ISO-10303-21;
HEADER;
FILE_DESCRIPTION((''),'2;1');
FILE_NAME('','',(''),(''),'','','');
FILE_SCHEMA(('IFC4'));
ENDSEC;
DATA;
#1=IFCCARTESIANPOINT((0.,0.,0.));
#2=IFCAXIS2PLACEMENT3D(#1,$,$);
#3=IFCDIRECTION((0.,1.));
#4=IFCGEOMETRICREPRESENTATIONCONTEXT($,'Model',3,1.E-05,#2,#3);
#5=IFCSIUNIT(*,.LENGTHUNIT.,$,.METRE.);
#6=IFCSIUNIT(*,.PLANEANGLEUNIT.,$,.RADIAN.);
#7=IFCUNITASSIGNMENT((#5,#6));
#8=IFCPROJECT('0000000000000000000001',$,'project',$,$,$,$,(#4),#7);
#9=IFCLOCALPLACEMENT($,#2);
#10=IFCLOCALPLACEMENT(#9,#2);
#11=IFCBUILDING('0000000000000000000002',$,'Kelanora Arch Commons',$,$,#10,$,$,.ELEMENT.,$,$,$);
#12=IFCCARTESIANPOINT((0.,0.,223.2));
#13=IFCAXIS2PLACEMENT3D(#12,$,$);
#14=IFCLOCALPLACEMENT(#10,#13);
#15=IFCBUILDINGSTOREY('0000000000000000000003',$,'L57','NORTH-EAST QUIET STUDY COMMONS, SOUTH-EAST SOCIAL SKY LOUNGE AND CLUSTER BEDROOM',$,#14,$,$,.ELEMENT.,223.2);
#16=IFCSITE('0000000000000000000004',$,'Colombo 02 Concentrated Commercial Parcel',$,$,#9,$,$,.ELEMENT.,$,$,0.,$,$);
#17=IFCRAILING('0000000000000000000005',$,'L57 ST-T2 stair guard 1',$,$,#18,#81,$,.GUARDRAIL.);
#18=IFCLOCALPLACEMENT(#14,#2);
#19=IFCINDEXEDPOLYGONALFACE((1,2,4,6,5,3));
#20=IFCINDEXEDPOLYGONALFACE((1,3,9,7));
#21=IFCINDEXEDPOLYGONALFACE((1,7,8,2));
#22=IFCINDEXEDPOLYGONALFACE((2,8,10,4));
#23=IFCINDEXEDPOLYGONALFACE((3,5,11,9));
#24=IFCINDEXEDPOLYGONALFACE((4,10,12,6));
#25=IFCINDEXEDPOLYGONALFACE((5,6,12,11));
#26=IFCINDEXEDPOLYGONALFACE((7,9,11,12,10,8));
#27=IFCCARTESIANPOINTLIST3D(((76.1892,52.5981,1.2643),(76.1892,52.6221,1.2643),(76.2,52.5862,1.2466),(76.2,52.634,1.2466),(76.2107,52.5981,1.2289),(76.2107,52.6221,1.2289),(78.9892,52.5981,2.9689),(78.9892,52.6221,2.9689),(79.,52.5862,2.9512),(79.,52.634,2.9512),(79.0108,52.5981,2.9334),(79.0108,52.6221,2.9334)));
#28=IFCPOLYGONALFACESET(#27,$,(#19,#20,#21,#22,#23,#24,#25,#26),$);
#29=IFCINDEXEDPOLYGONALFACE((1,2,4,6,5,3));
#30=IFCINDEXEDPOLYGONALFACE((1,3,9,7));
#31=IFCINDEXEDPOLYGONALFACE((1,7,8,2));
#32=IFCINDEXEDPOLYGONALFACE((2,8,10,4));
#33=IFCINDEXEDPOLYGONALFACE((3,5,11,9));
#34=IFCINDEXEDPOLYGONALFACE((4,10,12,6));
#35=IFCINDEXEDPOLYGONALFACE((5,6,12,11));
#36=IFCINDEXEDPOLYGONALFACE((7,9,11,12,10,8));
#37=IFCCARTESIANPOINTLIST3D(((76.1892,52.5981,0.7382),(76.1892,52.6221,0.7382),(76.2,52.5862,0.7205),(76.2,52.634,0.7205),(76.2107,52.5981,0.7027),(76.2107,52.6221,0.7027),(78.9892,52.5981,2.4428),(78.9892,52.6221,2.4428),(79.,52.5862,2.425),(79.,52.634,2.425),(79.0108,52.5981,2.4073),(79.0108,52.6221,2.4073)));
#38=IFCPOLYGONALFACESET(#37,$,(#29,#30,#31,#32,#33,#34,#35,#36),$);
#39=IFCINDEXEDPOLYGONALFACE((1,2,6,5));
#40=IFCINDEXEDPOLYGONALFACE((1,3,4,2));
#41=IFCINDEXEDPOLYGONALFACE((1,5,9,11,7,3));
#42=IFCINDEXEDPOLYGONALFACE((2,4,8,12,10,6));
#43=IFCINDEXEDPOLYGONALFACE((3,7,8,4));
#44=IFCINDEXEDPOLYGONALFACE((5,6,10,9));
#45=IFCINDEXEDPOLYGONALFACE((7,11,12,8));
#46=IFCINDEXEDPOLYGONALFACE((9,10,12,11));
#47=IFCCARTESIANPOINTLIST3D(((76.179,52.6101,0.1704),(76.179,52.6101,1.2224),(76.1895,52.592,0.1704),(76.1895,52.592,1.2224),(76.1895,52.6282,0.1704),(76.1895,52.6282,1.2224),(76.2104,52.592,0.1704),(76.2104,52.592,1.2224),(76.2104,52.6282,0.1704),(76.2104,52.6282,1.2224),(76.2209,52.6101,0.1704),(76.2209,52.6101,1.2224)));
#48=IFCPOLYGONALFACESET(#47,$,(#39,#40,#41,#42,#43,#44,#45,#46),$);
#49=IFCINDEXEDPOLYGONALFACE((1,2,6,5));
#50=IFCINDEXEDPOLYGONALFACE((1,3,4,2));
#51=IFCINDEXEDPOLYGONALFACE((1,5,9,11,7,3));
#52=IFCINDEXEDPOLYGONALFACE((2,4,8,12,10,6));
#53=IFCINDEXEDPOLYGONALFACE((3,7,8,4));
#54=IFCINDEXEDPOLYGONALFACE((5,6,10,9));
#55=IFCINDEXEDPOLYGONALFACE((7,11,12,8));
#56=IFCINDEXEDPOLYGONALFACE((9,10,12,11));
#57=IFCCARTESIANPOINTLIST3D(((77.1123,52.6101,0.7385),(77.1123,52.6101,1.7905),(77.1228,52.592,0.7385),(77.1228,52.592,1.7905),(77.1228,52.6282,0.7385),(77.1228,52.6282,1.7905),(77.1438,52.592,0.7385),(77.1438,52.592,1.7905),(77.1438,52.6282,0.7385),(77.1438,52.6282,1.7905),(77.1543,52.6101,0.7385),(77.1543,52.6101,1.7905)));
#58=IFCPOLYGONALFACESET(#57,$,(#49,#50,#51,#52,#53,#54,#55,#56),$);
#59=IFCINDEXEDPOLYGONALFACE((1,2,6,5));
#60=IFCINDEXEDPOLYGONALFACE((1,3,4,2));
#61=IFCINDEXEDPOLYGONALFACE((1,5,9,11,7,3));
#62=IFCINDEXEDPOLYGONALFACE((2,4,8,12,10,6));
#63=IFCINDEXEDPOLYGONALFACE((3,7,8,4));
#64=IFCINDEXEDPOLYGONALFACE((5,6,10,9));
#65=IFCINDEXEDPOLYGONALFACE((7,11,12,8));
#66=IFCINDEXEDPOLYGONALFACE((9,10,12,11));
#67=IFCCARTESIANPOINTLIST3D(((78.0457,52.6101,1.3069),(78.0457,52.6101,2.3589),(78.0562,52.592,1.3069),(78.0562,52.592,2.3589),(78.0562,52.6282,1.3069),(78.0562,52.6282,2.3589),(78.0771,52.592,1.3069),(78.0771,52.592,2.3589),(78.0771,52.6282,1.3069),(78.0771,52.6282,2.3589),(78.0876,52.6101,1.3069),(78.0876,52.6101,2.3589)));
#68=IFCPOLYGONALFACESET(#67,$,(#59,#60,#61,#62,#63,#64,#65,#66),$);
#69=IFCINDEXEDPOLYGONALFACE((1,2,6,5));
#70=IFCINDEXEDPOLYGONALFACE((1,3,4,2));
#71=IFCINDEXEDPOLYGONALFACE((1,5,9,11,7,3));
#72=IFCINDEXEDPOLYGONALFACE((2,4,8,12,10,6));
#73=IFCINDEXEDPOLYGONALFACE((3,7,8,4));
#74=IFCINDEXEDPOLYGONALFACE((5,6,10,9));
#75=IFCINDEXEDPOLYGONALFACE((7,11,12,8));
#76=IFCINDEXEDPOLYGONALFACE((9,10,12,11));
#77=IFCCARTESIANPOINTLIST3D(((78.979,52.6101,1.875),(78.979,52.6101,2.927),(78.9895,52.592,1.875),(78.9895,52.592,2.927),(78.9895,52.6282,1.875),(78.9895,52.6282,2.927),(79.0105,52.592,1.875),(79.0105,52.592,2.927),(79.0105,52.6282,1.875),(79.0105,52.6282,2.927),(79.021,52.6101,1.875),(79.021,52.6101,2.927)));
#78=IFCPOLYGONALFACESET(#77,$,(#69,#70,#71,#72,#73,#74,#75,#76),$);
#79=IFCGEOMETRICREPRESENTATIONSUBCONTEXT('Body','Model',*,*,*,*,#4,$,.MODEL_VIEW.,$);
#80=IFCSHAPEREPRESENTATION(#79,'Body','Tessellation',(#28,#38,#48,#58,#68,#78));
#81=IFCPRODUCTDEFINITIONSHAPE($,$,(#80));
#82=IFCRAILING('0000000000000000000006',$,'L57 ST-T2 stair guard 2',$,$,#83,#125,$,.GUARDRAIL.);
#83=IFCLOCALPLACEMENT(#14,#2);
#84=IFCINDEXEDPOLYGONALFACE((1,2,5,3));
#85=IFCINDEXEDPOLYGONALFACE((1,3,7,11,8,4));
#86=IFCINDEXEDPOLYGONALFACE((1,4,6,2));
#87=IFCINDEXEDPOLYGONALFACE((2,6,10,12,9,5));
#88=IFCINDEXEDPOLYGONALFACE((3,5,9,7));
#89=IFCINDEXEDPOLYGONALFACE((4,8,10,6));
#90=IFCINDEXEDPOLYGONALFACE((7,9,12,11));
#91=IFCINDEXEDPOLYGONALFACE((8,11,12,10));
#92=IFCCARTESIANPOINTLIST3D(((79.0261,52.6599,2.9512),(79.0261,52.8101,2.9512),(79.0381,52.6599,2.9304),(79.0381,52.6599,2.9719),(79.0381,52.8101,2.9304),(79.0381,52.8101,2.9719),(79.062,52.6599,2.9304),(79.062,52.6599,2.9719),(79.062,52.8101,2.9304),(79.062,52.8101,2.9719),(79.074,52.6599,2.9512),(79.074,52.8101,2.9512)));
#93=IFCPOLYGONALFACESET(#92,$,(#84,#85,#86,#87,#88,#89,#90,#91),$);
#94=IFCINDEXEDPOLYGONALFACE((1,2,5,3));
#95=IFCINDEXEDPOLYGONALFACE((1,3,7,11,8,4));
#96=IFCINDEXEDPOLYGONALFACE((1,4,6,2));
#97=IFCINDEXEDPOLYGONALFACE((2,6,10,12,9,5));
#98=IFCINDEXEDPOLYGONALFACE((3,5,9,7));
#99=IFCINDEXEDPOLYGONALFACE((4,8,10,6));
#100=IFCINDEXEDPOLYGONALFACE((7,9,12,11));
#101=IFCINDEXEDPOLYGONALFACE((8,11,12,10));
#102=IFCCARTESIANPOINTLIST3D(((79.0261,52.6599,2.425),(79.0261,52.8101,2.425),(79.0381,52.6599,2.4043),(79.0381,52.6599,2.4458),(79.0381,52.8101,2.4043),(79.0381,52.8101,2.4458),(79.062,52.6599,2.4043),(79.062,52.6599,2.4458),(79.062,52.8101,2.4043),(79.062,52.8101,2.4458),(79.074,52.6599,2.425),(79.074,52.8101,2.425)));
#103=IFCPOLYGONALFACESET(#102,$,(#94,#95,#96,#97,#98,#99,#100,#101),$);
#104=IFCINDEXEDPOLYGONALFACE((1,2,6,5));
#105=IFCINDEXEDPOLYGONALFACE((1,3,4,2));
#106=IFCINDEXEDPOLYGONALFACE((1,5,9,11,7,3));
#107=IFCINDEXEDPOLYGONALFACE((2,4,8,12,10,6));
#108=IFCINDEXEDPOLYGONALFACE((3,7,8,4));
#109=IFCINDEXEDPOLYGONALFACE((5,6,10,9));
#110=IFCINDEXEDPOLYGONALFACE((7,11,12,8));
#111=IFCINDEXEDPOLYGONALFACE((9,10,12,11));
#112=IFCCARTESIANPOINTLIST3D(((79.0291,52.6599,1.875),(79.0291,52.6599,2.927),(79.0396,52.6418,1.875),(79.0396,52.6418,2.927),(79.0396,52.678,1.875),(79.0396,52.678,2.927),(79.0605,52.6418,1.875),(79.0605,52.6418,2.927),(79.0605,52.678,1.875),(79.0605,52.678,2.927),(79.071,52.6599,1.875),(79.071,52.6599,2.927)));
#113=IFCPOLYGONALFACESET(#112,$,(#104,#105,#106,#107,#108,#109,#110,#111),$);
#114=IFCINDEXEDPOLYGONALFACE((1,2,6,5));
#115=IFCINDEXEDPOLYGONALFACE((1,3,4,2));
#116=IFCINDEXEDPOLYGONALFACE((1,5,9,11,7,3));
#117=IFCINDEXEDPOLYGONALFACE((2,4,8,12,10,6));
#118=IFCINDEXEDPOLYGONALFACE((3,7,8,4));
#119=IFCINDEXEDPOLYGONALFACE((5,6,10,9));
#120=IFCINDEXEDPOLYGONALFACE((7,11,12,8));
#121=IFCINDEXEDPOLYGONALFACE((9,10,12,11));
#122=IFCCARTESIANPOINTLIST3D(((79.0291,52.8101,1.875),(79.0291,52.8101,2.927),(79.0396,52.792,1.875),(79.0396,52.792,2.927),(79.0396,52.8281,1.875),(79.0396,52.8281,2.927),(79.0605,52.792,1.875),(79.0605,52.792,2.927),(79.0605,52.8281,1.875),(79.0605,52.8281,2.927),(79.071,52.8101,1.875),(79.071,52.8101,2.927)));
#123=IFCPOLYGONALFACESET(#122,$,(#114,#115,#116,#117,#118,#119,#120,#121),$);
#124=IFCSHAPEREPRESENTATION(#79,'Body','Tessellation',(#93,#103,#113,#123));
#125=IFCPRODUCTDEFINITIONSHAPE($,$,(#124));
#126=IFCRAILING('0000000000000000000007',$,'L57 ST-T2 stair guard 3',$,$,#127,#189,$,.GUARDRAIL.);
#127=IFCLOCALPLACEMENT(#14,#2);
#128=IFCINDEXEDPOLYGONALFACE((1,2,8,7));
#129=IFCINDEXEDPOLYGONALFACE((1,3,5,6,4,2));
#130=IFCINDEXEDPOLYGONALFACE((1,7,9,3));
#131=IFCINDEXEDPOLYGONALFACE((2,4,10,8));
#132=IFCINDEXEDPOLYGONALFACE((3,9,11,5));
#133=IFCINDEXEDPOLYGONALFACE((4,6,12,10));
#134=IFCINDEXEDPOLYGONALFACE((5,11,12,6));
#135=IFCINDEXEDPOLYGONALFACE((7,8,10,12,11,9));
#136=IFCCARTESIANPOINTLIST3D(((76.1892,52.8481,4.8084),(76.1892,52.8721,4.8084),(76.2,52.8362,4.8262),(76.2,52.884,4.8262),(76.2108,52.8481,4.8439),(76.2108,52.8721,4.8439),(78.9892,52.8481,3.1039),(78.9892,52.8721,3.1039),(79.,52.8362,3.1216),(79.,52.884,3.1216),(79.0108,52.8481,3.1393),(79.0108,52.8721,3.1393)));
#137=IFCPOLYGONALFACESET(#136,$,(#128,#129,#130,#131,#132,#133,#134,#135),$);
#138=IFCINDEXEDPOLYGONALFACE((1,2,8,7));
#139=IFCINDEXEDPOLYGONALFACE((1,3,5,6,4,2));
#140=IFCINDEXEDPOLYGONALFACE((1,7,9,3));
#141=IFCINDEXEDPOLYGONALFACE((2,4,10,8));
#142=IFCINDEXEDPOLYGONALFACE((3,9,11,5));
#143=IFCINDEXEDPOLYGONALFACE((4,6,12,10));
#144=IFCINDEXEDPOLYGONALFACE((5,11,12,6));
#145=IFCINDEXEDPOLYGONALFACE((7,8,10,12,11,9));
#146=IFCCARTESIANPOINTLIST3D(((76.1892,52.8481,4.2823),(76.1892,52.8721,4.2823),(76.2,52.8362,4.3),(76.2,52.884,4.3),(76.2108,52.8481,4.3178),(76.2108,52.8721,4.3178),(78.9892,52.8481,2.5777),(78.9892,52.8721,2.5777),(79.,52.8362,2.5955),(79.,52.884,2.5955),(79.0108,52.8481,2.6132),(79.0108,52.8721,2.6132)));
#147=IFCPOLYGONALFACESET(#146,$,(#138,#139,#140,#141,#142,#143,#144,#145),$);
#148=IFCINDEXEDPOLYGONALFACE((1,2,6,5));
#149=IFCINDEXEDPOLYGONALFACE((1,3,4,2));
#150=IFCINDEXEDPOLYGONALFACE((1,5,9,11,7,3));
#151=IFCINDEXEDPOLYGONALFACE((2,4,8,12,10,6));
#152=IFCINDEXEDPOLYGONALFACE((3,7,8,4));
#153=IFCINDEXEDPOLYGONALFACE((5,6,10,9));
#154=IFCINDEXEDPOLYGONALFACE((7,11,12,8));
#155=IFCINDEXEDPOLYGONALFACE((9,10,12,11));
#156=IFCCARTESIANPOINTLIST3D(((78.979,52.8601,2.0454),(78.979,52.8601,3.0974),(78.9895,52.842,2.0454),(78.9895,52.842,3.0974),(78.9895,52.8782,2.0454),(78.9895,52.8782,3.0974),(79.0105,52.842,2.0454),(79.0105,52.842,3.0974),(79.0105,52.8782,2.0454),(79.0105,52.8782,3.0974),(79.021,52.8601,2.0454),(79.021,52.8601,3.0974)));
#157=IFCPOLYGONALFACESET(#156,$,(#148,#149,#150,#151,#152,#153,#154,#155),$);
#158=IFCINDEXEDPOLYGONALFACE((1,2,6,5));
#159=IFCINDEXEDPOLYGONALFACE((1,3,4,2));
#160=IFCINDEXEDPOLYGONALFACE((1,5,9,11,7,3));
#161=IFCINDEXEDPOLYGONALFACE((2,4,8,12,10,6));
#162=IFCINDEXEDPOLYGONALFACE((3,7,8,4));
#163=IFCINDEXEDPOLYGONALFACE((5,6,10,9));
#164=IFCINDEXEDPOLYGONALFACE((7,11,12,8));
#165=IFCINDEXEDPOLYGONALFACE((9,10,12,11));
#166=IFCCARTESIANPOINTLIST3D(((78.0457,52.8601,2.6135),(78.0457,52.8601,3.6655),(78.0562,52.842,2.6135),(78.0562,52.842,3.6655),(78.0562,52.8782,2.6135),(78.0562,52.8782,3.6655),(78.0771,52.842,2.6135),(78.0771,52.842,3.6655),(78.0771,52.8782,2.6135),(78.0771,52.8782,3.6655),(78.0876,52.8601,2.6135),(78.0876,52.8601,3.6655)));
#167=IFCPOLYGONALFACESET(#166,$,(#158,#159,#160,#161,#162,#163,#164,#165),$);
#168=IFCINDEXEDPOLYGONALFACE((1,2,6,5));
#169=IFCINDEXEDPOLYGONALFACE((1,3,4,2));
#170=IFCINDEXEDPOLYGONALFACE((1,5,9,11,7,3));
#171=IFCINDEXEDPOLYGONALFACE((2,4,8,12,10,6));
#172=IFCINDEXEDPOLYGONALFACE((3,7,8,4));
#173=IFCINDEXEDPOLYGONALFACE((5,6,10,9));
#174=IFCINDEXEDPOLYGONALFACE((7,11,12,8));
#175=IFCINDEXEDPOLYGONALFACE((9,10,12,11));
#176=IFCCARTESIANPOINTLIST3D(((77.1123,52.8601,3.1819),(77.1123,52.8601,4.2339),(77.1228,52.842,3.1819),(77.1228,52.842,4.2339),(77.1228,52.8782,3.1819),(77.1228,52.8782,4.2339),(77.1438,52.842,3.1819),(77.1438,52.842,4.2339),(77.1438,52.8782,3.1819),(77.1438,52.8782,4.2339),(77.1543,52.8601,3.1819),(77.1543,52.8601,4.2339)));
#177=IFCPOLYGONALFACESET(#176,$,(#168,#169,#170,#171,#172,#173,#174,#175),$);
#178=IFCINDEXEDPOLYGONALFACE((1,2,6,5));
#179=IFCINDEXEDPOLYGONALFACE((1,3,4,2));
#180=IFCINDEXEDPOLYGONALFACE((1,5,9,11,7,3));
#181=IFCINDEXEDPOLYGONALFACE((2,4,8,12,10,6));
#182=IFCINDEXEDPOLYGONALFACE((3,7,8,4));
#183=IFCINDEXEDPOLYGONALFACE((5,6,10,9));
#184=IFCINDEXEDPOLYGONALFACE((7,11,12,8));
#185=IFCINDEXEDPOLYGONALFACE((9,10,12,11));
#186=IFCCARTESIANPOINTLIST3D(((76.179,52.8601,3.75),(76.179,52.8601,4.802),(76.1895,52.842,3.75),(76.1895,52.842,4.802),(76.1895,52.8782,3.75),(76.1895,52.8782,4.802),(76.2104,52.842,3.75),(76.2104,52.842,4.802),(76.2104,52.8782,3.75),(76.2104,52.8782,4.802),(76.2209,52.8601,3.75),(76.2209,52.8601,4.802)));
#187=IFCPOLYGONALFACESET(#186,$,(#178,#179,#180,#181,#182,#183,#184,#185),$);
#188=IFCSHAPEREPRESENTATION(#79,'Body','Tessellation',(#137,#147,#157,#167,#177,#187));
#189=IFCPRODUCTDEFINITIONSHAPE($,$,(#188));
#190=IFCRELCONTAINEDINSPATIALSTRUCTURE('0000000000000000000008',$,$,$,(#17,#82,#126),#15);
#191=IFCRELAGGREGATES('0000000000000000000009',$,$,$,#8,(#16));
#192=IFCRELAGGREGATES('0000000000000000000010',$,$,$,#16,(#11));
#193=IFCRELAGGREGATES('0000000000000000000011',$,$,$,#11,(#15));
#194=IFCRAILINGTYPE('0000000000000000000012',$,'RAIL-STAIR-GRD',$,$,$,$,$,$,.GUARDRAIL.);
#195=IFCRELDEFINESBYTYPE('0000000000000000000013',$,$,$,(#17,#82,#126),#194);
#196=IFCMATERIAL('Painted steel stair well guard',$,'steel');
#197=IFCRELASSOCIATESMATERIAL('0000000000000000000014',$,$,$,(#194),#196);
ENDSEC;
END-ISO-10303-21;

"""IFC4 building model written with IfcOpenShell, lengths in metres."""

from ifc_helpers import new_model, si_unit, direction, frame, origin, place, context, subcontext, project, spatial, polyline, outline, extrude, material, type_object, element, save


model = new_model("IFC4")

# Units and contexts
model_context = context("Model", 3, precision=1e-05, world=origin(), true_north=direction((0.0, 1.0)))
body_context = subcontext(model_context, "Body", "Model", "MODEL_VIEW")
ifc_project = project(units=[si_unit("LENGTHUNIT", "METRE"), si_unit("PLANEANGLEUNIT", "RADIAN")], contexts=[model_context])

# Site, building, storey
site_placement = place(None, origin())
site = spatial("IfcSite", under=ifc_project, at=site_placement, Name="Colombo 02 Concentrated Commercial Parcel", CompositionType="ELEMENT", RefElevation=0.0)
building_placement = place(site_placement, origin())
building = spatial("IfcBuilding", under=site, at=building_placement, Name="Kelanora Arch Commons", CompositionType="ELEMENT")
storey_placement = place(building_placement, frame((0.0, 0.0, 223.2)))
storey = spatial("IfcBuildingStorey", under=building, at=storey_placement, Name="L57", Description="NORTH-EAST QUIET STUDY COMMONS, SOUTH-EAST SOCIAL SKY LOUNGE AND CLUSTER BEDROOM", CompositionType="ELEMENT", Elevation=223.2)

# Railings
ifc_material_1 = material(Name="Painted steel stair well guard", Category="steel")
railing_type_1 = type_object("IfcRailingType", Name="RAIL-STAIR-GRD", PredefinedType="GUARDRAIL", material=ifc_material_1)
railing_1_placement = place(storey_placement, frame((76.2, 52.6101, 0.1704)))
element("IfcRailing", 1, at=railing_1_placement, inside=storey, type_object=railing_type_1, Name="L57 ST-T2 stair guard 1", PredefinedType="GUARDRAIL", context=body_context, shape_type="SweptSolid", body=[
    extrude(outline(polyline([(0.0239, 0.0), (0.012, 0.0208), (-0.012, 0.0208), (-0.0239, 0.0), (-0.012, -0.0208), (0.012, -0.0208), (0.0239, 0.0)])), frame((0.0, 0.0, 1.0762), z_axis=(0.85417, 0.0, 0.519994), x_axis=(0.0, 1.0, 0.0)), (0.0, 0.0, 1.0), 3.2781),
    extrude(outline(polyline([(0.0239, 0.0), (0.012, 0.0208), (-0.012, 0.0208), (-0.0239, 0.0), (-0.012, -0.0208), (0.012, -0.0208), (0.0239, 0.0)])), frame((0.0, 0.0, 0.55), z_axis=(0.85417, 0.0, 0.519994), x_axis=(0.0, 1.0, 0.0)), (0.0, 0.0, 1.0), 3.2781),
    extrude(outline(polyline([(0.021, 0.0), (0.0105, 0.0181), (-0.0105, 0.0181), (-0.021, 0.0), (-0.0105, -0.0181), (0.0105, -0.0181), (0.021, 0.0)])), origin(), (0.0, 0.0, 1.0), 1.052),
    extrude(outline(polyline([(0.021, 0.0), (0.0105, 0.0181), (-0.0105, 0.0181), (-0.021, 0.0), (-0.0105, -0.0181), (0.0105, -0.0181), (0.021, 0.0)])), frame((0.9333, 0.0, 0.5681)), (0.0, 0.0, 1.0), 1.052),
    extrude(outline(polyline([(0.021, 0.0), (0.0105, 0.0181), (-0.0105, 0.0181), (-0.021, 0.0), (-0.0105, -0.0181), (0.0105, -0.0181), (0.021, 0.0)])), frame((1.8667, 0.0, 1.1365)), (0.0, 0.0, 1.0), 1.052),
    extrude(outline(polyline([(0.021, 0.0), (0.0105, 0.0181), (-0.0105, 0.0181), (-0.021, 0.0), (-0.0105, -0.0181), (0.0105, -0.0181), (0.021, 0.0)])), frame((2.8, 0.0, 1.7046)), (0.0, 0.0, 1.0), 1.052),
])
railing_2_placement = place(storey_placement, frame((79.05, 52.6599, 1.875)))
element("IfcRailing", 2, at=railing_2_placement, inside=storey, type_object=railing_type_1, Name="L57 ST-T2 stair guard 2", PredefinedType="GUARDRAIL", context=body_context, shape_type="SweptSolid", body=[
    extrude(outline(polyline([(0.0239, 0.0), (0.012, 0.0208), (-0.012, 0.0208), (-0.0239, 0.0), (-0.012, -0.0208), (0.012, -0.0208), (0.0239, 0.0)])), frame((0.0, 0.0, 1.0762), z_axis=(0.0, 1.0, 0.0), x_axis=(-1.0, 0.0, 0.0)), (0.0, 0.0, 1.0), 0.1501),
    extrude(outline(polyline([(0.0239, 0.0), (0.012, 0.0208), (-0.012, 0.0208), (-0.0239, 0.0), (-0.012, -0.0208), (0.012, -0.0208), (0.0239, 0.0)])), frame((0.0, 0.0, 0.55), z_axis=(0.0, 1.0, 0.0), x_axis=(-1.0, 0.0, 0.0)), (0.0, 0.0, 1.0), 0.1501),
    extrude(outline(polyline([(0.021, 0.0), (0.0105, 0.0181), (-0.0105, 0.0181), (-0.021, 0.0), (-0.0105, -0.0181), (0.0105, -0.0181), (0.021, 0.0)])), origin(), (0.0, 0.0, 1.0), 1.052),
    extrude(outline(polyline([(0.021, 0.0), (0.0105, 0.0181), (-0.0105, 0.0181), (-0.021, 0.0), (-0.0105, -0.0181), (0.0105, -0.0181), (0.021, 0.0)])), frame((0.0, 0.1501, 0.0)), (0.0, 0.0, 1.0), 1.052),
])
railing_3_placement = place(storey_placement, frame((79.0, 52.8601, 2.0454)))
element("IfcRailing", 3, at=railing_3_placement, inside=storey, type_object=railing_type_1, Name="L57 ST-T2 stair guard 3", PredefinedType="GUARDRAIL", context=body_context, shape_type="SweptSolid", body=[
    extrude(outline(polyline([(0.0239, 0.0), (0.012, 0.0208), (-0.012, 0.0208), (-0.0239, 0.0), (-0.012, -0.0208), (0.012, -0.0208), (0.0239, 0.0)])), frame((0.0, 0.0, 1.0762), z_axis=(-0.85417, 0.0, 0.519994), x_axis=(0.0, -1.0, 0.0)), (0.0, 0.0, 1.0), 3.2781),
    extrude(outline(polyline([(0.0239, 0.0), (0.012, 0.0208), (-0.012, 0.0208), (-0.0239, 0.0), (-0.012, -0.0208), (0.012, -0.0208), (0.0239, 0.0)])), frame((0.0, 0.0, 0.55), z_axis=(-0.85417, 0.0, 0.519994), x_axis=(0.0, -1.0, 0.0)), (0.0, 0.0, 1.0), 3.2781),
    extrude(outline(polyline([(0.021, 0.0), (0.0105, 0.0181), (-0.0105, 0.0181), (-0.021, 0.0), (-0.0105, -0.0181), (0.0105, -0.0181), (0.021, 0.0)])), origin(), (0.0, 0.0, 1.0), 1.052),
    extrude(outline(polyline([(0.021, 0.0), (0.0105, 0.0181), (-0.0105, 0.0181), (-0.021, 0.0), (-0.0105, -0.0181), (0.0105, -0.0181), (0.021, 0.0)])), frame((-0.9333, 0.0, 0.5681)), (0.0, 0.0, 1.0), 1.052),
    extrude(outline(polyline([(0.021, 0.0), (0.0105, 0.0181), (-0.0105, 0.0181), (-0.021, 0.0), (-0.0105, -0.0181), (0.0105, -0.0181), (0.021, 0.0)])), frame((-1.8667, 0.0, 1.1365)), (0.0, 0.0, 1.0), 1.052),
    extrude(outline(polyline([(0.021, 0.0), (0.0105, 0.0181), (-0.0105, 0.0181), (-0.021, 0.0), (-0.0105, -0.0181), (0.0105, -0.0181), (0.021, 0.0)])), frame((-2.8, 0.0, 1.7046)), (0.0, 0.0, 1.0), 1.052),
])

save(model, "model.ifc")
